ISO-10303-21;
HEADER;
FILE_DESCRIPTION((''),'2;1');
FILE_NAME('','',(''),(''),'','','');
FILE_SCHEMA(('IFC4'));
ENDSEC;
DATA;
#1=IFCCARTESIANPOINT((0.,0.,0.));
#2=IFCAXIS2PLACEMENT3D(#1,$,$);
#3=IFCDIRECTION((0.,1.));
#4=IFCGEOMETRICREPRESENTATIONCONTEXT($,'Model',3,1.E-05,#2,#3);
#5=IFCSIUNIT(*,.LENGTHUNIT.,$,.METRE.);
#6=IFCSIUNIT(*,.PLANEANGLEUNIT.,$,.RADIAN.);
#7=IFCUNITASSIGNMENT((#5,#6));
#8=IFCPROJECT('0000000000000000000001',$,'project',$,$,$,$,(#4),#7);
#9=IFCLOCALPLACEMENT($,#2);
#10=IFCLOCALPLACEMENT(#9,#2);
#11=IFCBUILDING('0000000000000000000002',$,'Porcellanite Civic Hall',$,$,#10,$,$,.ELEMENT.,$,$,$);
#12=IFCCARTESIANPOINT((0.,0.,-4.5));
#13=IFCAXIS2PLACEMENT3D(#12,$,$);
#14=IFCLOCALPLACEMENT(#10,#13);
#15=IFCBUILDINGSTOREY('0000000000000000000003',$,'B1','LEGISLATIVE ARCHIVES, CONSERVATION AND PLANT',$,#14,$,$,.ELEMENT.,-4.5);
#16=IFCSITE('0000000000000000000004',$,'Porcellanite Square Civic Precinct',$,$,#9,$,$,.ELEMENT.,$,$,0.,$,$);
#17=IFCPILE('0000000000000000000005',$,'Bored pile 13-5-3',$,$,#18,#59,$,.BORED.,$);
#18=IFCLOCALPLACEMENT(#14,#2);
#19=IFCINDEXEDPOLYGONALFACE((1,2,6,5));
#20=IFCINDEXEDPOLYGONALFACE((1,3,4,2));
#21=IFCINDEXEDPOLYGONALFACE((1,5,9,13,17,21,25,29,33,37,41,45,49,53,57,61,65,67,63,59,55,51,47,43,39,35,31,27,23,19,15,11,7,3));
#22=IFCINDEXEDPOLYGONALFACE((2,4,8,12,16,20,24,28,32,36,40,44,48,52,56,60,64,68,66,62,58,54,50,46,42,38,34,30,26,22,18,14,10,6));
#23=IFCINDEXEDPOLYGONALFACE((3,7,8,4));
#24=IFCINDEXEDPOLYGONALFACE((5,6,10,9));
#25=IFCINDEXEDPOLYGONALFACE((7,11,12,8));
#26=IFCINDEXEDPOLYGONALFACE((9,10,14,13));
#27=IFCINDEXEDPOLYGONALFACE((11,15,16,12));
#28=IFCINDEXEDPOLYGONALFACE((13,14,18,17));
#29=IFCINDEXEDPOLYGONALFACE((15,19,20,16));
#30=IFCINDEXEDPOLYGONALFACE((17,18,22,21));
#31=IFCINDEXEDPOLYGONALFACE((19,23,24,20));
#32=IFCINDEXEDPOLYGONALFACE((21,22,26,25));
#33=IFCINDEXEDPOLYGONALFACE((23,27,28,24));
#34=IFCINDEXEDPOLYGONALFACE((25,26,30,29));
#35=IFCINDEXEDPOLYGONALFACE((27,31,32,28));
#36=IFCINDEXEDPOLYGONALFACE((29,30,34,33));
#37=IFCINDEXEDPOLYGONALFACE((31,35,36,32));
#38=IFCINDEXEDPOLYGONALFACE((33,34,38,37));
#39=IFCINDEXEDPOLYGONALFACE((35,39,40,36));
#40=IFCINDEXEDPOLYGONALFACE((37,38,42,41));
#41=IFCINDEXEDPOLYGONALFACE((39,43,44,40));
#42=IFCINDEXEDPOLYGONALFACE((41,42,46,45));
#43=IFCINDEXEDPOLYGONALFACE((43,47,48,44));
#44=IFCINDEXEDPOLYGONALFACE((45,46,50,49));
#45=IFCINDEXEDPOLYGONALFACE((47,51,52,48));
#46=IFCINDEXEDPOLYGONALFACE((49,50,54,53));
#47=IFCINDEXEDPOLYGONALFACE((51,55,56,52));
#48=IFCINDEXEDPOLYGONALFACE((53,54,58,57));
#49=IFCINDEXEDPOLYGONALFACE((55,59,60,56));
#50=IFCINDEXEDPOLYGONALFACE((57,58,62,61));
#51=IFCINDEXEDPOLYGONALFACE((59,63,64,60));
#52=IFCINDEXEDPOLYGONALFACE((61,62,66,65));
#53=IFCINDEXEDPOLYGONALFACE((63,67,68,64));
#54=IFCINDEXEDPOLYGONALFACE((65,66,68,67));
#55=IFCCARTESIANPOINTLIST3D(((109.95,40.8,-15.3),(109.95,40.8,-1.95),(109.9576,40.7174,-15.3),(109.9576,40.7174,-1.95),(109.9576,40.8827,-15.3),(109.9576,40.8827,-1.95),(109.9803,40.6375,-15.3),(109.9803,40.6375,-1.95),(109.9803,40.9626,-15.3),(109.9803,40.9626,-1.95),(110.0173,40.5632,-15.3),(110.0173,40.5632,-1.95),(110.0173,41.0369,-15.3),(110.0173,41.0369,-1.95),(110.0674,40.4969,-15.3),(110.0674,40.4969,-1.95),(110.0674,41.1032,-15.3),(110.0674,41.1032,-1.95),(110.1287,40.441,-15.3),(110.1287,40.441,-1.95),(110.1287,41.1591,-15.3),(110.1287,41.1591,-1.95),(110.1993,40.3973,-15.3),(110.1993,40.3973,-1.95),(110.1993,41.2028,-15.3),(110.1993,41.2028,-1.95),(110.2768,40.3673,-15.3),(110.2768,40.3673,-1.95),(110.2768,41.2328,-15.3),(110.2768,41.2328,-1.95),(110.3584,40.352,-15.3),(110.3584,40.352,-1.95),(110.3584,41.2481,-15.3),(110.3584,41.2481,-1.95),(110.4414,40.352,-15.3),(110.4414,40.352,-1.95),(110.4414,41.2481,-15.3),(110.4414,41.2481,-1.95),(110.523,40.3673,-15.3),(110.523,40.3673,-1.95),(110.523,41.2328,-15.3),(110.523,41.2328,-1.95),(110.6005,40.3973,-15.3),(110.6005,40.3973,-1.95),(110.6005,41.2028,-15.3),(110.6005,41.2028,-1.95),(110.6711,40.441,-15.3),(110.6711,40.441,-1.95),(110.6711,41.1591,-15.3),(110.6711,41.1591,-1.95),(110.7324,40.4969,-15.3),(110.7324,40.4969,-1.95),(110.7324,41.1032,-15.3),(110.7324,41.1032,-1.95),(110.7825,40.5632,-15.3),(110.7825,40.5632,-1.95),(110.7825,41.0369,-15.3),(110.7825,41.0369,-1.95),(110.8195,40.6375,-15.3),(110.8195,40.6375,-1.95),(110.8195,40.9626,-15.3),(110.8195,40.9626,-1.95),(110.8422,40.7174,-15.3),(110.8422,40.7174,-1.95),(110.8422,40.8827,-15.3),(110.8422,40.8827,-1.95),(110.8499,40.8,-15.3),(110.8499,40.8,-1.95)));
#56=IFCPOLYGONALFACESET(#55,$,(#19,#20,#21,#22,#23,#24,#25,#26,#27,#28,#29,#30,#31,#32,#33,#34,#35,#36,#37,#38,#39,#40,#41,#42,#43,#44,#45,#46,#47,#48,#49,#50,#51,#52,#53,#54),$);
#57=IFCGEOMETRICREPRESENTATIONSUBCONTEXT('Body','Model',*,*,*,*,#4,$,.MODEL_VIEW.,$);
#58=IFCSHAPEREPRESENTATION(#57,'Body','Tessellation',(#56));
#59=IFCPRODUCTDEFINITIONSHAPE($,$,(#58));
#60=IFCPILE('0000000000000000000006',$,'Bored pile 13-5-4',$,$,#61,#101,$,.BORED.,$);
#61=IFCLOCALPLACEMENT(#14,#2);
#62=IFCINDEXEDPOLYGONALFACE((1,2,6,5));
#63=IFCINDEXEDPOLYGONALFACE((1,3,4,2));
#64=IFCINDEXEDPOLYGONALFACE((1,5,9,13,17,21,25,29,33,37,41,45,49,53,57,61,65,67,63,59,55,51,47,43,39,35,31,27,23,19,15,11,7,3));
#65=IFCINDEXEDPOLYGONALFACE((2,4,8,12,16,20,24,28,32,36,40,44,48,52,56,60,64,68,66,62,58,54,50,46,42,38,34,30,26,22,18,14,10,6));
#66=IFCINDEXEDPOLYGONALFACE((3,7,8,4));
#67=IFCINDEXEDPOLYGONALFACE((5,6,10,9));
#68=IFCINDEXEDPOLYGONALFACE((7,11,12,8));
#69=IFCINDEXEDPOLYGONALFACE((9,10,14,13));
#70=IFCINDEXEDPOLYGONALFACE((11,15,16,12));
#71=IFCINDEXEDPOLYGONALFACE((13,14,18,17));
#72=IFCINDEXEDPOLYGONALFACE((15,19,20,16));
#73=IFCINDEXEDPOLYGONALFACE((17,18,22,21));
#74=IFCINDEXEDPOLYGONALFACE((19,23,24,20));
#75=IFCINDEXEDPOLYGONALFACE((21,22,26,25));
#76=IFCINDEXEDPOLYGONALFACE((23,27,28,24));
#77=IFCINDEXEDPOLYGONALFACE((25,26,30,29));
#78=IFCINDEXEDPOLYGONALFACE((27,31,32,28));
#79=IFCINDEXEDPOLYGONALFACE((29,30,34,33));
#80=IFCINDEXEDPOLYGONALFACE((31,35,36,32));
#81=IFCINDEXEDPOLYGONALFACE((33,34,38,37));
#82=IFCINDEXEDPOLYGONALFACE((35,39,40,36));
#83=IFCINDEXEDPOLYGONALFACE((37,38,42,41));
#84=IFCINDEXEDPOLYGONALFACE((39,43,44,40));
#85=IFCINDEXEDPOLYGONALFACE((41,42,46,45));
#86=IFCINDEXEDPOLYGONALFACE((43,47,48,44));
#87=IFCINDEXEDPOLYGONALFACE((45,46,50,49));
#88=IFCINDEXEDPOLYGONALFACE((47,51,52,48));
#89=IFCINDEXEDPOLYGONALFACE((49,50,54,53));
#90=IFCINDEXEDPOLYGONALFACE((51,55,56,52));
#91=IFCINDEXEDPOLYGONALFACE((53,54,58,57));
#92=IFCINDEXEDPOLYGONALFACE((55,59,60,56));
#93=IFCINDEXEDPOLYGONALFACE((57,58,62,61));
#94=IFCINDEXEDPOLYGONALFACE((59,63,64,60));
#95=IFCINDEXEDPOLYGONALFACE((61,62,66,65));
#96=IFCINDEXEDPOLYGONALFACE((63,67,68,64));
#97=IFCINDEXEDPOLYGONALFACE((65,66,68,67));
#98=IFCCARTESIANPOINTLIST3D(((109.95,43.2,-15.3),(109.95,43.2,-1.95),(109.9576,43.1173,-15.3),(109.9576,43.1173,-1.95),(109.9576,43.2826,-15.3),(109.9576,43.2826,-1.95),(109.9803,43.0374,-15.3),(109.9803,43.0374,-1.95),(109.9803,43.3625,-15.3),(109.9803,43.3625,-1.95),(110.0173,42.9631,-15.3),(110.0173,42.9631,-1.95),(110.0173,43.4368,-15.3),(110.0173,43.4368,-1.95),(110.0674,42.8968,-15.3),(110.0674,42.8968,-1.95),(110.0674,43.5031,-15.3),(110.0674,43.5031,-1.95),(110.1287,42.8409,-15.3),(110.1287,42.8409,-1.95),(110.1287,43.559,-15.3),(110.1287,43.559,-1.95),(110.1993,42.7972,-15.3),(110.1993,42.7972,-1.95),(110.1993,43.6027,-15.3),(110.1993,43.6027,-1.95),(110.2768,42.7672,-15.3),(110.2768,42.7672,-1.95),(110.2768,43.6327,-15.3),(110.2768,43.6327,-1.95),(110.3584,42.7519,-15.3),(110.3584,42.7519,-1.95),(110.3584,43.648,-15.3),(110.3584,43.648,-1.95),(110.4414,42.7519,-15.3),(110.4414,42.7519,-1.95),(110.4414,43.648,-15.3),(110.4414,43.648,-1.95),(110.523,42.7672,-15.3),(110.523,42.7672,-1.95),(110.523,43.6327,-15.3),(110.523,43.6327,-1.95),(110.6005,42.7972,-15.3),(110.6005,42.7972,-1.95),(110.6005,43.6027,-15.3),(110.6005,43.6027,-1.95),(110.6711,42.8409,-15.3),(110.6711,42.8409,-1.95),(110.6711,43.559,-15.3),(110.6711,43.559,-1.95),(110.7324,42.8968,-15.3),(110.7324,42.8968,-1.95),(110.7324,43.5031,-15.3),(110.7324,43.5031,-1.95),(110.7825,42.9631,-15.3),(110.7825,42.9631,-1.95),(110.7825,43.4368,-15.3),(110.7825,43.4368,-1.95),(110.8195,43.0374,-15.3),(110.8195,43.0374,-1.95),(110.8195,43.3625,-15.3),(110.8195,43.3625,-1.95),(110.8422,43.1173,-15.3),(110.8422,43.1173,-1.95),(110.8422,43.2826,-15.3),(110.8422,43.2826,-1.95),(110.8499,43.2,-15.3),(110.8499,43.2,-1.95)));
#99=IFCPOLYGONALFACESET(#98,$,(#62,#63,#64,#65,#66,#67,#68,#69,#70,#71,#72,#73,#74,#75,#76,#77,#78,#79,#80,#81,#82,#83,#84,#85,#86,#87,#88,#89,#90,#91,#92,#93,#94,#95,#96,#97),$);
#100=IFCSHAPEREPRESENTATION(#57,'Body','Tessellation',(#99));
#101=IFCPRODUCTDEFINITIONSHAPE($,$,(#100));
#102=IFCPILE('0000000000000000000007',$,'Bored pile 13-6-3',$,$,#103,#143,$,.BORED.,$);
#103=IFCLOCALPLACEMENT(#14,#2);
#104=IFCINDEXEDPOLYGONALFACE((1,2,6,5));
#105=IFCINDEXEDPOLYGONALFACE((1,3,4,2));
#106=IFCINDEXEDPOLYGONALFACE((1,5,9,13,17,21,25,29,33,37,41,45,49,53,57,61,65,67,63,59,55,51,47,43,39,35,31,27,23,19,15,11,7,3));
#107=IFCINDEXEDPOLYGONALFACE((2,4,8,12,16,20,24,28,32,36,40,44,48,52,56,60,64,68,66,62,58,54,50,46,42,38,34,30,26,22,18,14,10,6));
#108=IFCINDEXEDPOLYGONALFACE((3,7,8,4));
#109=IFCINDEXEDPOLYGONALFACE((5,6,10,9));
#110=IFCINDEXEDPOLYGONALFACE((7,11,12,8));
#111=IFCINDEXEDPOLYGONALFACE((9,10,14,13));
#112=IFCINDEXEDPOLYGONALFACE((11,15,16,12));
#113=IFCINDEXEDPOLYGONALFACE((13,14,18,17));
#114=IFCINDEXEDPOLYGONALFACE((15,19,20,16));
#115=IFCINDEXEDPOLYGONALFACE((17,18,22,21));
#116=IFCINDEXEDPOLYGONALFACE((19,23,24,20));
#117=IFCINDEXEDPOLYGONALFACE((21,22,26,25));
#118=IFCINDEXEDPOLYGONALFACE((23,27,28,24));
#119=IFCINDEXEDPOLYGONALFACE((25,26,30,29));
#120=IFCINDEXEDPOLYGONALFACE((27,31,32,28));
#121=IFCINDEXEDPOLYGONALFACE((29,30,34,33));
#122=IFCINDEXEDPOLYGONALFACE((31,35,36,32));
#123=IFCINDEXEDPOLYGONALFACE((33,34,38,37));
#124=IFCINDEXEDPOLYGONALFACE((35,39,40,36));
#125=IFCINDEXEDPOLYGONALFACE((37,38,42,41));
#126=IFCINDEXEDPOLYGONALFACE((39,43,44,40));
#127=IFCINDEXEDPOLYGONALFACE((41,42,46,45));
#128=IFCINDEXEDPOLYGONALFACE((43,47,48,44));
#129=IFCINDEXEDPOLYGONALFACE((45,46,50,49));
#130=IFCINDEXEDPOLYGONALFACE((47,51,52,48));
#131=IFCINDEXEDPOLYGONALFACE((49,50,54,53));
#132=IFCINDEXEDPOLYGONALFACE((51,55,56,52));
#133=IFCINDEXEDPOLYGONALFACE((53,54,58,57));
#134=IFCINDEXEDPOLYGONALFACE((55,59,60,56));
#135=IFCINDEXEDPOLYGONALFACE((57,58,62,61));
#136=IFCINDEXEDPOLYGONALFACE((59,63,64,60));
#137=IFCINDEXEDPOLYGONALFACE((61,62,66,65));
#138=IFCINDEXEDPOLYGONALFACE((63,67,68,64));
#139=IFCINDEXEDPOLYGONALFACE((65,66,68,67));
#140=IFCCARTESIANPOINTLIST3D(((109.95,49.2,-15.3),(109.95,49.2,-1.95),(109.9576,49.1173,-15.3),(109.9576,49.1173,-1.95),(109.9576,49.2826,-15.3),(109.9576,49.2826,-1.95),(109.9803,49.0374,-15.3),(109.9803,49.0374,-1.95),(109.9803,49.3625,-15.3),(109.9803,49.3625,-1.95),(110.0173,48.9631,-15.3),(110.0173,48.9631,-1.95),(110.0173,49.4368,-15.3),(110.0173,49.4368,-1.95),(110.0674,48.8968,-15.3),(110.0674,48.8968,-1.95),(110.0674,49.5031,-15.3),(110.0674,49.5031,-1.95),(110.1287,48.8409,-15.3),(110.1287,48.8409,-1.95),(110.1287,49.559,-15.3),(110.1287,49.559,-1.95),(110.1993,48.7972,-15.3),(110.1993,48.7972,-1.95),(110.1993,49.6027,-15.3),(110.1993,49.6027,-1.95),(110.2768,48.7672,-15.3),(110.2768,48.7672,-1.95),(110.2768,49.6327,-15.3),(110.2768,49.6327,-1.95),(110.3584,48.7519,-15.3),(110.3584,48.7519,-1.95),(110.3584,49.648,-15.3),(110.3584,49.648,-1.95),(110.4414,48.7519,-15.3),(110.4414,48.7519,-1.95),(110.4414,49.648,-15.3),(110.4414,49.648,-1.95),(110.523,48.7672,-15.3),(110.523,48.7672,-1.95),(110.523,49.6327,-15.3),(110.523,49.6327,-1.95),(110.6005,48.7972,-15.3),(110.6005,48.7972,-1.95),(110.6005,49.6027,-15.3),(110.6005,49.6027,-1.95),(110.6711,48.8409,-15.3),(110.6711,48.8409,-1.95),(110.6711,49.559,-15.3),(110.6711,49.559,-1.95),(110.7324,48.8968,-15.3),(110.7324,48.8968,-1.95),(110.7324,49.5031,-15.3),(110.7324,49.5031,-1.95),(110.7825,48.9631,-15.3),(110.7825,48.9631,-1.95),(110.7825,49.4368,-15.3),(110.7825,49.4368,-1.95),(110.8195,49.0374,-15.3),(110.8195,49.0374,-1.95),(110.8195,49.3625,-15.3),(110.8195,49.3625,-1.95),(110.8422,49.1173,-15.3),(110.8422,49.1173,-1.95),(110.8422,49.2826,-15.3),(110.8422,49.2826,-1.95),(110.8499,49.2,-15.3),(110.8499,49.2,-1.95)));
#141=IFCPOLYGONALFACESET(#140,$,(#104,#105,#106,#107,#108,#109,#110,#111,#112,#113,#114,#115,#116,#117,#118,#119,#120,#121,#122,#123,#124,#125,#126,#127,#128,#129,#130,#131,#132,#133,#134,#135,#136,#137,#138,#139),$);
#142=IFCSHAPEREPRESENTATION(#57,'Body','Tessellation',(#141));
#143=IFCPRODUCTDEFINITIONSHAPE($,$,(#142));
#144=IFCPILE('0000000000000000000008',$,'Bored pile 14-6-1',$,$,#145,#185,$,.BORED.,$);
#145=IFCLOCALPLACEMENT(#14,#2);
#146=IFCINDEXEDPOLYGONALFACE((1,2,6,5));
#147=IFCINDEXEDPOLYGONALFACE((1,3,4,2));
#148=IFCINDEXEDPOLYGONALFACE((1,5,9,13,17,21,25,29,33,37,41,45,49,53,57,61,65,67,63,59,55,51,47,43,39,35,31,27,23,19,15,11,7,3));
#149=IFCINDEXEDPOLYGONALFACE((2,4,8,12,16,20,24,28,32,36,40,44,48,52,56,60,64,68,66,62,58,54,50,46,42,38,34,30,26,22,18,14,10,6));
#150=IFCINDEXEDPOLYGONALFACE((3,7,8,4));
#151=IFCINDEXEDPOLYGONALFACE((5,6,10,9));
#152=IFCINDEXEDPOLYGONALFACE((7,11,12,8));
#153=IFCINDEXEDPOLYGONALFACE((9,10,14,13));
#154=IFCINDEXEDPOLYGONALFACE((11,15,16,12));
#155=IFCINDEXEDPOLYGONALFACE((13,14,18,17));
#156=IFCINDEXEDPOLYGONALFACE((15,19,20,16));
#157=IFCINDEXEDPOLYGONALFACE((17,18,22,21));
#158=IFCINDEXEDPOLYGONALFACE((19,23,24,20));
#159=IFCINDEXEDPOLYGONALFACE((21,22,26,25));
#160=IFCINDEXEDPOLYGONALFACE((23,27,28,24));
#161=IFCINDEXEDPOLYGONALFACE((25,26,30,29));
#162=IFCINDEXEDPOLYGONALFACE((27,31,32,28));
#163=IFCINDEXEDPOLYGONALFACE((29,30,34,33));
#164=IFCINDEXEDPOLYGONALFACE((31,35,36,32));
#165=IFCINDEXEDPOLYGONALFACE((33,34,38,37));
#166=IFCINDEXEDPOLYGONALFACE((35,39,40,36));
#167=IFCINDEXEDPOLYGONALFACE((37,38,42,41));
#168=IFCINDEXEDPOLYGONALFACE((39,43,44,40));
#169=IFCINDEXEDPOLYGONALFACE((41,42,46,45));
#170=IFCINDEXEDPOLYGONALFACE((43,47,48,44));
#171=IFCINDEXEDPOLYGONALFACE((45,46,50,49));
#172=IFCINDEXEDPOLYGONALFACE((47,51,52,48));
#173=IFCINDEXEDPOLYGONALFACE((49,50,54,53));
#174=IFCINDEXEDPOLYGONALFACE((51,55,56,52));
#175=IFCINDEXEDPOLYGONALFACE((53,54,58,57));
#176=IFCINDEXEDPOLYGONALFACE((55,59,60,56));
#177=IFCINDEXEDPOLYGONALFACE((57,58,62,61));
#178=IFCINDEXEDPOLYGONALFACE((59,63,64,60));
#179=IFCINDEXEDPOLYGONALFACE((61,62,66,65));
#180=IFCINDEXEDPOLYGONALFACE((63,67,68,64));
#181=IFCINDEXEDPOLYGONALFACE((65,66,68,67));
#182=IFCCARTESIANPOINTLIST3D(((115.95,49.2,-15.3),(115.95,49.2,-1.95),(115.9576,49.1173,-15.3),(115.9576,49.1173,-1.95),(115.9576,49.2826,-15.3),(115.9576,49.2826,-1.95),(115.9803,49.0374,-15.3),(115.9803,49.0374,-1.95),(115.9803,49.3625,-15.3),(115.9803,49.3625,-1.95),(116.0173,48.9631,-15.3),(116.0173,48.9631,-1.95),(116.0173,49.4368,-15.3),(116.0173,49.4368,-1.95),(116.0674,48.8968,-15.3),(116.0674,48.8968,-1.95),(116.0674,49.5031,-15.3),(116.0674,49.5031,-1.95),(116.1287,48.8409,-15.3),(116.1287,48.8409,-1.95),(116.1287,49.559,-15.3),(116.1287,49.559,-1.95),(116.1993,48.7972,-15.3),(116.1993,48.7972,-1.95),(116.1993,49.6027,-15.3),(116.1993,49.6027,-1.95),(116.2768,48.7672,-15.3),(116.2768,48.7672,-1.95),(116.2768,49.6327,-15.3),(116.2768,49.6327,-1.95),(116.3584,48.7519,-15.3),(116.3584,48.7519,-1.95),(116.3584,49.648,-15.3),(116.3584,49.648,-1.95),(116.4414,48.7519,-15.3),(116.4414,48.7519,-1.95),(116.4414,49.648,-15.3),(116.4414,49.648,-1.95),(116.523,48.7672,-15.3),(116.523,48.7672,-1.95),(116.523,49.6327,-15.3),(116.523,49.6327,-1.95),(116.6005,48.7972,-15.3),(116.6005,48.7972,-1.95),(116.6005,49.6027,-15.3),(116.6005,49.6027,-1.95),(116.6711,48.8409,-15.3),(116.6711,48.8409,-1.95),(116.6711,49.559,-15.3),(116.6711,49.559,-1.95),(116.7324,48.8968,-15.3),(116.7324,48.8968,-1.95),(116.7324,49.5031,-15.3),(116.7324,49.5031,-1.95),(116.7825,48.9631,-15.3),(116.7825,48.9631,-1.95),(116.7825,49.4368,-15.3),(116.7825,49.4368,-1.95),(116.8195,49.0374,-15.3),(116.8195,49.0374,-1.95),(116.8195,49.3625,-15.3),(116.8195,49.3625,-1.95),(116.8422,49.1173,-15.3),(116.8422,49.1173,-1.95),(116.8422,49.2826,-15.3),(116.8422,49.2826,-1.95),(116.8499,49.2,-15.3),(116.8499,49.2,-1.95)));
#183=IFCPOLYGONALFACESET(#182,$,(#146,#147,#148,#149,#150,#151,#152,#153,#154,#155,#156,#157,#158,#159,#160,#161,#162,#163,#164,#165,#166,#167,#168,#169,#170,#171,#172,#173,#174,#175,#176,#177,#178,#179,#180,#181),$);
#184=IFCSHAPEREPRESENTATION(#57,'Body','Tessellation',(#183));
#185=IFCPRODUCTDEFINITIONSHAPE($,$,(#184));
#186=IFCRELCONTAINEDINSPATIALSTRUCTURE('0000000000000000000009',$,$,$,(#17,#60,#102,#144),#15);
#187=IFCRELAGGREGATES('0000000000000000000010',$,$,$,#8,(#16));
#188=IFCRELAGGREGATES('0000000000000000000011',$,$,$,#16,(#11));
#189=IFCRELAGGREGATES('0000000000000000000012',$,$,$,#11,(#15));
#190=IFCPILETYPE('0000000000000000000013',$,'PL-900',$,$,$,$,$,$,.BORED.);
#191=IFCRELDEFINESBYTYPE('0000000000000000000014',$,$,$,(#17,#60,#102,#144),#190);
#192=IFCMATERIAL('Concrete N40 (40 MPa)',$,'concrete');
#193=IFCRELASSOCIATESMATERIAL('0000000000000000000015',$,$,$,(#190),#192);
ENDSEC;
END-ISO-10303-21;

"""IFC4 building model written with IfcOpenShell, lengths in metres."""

from ifc_helpers import new_model, si_unit, direction, frame, origin, origin_2d, place, context, subcontext, project, spatial, circle, extrude, material, material_profile, profile_set, type_object, element, save


model = new_model("IFC4")

# Units and contexts
model_context = context("Model", 3, precision=1e-05, world=origin(), true_north=direction((0.0, 1.0)))
body_context = subcontext(model_context, "Body", "Model", "MODEL_VIEW")
ifc_project = project(units=[si_unit("LENGTHUNIT", "METRE"), si_unit("PLANEANGLEUNIT", "RADIAN")], contexts=[model_context])

# Site, building, storey
site_placement = place(None, origin())
site = spatial("IfcSite", under=ifc_project, at=site_placement, Name="Porcellanite Square Civic Precinct", CompositionType="ELEMENT", RefElevation=0.0)
building_placement = place(site_placement, origin())
building = spatial("IfcBuilding", under=site, at=building_placement, Name="Porcellanite Civic Hall", CompositionType="ELEMENT")
storey_placement = place(building_placement, frame((0.0, 0.0, -4.5)))
storey = spatial("IfcBuildingStorey", under=building, at=storey_placement, Name="B1", Description="LEGISLATIVE ARCHIVES, CONSERVATION AND PLANT", CompositionType="ELEMENT", Elevation=-4.5)

# Piles
ifc_material_1 = material(Name="Concrete N40 (40 MPa)", Category="concrete")
ifc_material_profile_1 = material_profile(ifc_material_1, circle(Radius=0.45, at=origin_2d()), Name="PILE-D900")
ifc_profile_set_1 = profile_set([ifc_material_profile_1], Name="Concrete N40 (40 MPa)")
pile_type_1 = type_object("IfcPileType", Name="PL-900", PredefinedType="BORED", material=ifc_profile_set_1)
for number, where, z_axis, x_axis, name in (
    (1, (110.3999, 40.8, -1.95), (0.0, 0.0, -1.0), (1.0, 0.0, 0.0), "Bored pile 13-5-3"),
    (2, (110.3999, 43.2, -1.95), (0.0, 0.0, -1.0), (1.0, 0.0, 0.0), "Bored pile 13-5-4"),
    (3, (110.3999, 49.2, -1.95), (0.0, 0.0, -1.0), (1.0, 0.0, 0.0), "Bored pile 13-6-3"),
    (4, (116.3999, 49.2, -1.95), (0.0, 0.0, -1.0), (1.0, 0.0, 0.0), "Bored pile 14-6-1"),
):
    element("IfcPile", number, at=place(storey_placement, frame(where, z_axis=z_axis, x_axis=x_axis)), inside=storey, type_object=pile_type_1, Name=name, PredefinedType="BORED", context=body_context, shape_type="SweptSolid", body=[
        extrude(circle(Radius=0.45, at=origin_2d()), origin(), (0.0, 0.0, 1.0), 13.3501),
    ])

save(model, "model.ifc")
